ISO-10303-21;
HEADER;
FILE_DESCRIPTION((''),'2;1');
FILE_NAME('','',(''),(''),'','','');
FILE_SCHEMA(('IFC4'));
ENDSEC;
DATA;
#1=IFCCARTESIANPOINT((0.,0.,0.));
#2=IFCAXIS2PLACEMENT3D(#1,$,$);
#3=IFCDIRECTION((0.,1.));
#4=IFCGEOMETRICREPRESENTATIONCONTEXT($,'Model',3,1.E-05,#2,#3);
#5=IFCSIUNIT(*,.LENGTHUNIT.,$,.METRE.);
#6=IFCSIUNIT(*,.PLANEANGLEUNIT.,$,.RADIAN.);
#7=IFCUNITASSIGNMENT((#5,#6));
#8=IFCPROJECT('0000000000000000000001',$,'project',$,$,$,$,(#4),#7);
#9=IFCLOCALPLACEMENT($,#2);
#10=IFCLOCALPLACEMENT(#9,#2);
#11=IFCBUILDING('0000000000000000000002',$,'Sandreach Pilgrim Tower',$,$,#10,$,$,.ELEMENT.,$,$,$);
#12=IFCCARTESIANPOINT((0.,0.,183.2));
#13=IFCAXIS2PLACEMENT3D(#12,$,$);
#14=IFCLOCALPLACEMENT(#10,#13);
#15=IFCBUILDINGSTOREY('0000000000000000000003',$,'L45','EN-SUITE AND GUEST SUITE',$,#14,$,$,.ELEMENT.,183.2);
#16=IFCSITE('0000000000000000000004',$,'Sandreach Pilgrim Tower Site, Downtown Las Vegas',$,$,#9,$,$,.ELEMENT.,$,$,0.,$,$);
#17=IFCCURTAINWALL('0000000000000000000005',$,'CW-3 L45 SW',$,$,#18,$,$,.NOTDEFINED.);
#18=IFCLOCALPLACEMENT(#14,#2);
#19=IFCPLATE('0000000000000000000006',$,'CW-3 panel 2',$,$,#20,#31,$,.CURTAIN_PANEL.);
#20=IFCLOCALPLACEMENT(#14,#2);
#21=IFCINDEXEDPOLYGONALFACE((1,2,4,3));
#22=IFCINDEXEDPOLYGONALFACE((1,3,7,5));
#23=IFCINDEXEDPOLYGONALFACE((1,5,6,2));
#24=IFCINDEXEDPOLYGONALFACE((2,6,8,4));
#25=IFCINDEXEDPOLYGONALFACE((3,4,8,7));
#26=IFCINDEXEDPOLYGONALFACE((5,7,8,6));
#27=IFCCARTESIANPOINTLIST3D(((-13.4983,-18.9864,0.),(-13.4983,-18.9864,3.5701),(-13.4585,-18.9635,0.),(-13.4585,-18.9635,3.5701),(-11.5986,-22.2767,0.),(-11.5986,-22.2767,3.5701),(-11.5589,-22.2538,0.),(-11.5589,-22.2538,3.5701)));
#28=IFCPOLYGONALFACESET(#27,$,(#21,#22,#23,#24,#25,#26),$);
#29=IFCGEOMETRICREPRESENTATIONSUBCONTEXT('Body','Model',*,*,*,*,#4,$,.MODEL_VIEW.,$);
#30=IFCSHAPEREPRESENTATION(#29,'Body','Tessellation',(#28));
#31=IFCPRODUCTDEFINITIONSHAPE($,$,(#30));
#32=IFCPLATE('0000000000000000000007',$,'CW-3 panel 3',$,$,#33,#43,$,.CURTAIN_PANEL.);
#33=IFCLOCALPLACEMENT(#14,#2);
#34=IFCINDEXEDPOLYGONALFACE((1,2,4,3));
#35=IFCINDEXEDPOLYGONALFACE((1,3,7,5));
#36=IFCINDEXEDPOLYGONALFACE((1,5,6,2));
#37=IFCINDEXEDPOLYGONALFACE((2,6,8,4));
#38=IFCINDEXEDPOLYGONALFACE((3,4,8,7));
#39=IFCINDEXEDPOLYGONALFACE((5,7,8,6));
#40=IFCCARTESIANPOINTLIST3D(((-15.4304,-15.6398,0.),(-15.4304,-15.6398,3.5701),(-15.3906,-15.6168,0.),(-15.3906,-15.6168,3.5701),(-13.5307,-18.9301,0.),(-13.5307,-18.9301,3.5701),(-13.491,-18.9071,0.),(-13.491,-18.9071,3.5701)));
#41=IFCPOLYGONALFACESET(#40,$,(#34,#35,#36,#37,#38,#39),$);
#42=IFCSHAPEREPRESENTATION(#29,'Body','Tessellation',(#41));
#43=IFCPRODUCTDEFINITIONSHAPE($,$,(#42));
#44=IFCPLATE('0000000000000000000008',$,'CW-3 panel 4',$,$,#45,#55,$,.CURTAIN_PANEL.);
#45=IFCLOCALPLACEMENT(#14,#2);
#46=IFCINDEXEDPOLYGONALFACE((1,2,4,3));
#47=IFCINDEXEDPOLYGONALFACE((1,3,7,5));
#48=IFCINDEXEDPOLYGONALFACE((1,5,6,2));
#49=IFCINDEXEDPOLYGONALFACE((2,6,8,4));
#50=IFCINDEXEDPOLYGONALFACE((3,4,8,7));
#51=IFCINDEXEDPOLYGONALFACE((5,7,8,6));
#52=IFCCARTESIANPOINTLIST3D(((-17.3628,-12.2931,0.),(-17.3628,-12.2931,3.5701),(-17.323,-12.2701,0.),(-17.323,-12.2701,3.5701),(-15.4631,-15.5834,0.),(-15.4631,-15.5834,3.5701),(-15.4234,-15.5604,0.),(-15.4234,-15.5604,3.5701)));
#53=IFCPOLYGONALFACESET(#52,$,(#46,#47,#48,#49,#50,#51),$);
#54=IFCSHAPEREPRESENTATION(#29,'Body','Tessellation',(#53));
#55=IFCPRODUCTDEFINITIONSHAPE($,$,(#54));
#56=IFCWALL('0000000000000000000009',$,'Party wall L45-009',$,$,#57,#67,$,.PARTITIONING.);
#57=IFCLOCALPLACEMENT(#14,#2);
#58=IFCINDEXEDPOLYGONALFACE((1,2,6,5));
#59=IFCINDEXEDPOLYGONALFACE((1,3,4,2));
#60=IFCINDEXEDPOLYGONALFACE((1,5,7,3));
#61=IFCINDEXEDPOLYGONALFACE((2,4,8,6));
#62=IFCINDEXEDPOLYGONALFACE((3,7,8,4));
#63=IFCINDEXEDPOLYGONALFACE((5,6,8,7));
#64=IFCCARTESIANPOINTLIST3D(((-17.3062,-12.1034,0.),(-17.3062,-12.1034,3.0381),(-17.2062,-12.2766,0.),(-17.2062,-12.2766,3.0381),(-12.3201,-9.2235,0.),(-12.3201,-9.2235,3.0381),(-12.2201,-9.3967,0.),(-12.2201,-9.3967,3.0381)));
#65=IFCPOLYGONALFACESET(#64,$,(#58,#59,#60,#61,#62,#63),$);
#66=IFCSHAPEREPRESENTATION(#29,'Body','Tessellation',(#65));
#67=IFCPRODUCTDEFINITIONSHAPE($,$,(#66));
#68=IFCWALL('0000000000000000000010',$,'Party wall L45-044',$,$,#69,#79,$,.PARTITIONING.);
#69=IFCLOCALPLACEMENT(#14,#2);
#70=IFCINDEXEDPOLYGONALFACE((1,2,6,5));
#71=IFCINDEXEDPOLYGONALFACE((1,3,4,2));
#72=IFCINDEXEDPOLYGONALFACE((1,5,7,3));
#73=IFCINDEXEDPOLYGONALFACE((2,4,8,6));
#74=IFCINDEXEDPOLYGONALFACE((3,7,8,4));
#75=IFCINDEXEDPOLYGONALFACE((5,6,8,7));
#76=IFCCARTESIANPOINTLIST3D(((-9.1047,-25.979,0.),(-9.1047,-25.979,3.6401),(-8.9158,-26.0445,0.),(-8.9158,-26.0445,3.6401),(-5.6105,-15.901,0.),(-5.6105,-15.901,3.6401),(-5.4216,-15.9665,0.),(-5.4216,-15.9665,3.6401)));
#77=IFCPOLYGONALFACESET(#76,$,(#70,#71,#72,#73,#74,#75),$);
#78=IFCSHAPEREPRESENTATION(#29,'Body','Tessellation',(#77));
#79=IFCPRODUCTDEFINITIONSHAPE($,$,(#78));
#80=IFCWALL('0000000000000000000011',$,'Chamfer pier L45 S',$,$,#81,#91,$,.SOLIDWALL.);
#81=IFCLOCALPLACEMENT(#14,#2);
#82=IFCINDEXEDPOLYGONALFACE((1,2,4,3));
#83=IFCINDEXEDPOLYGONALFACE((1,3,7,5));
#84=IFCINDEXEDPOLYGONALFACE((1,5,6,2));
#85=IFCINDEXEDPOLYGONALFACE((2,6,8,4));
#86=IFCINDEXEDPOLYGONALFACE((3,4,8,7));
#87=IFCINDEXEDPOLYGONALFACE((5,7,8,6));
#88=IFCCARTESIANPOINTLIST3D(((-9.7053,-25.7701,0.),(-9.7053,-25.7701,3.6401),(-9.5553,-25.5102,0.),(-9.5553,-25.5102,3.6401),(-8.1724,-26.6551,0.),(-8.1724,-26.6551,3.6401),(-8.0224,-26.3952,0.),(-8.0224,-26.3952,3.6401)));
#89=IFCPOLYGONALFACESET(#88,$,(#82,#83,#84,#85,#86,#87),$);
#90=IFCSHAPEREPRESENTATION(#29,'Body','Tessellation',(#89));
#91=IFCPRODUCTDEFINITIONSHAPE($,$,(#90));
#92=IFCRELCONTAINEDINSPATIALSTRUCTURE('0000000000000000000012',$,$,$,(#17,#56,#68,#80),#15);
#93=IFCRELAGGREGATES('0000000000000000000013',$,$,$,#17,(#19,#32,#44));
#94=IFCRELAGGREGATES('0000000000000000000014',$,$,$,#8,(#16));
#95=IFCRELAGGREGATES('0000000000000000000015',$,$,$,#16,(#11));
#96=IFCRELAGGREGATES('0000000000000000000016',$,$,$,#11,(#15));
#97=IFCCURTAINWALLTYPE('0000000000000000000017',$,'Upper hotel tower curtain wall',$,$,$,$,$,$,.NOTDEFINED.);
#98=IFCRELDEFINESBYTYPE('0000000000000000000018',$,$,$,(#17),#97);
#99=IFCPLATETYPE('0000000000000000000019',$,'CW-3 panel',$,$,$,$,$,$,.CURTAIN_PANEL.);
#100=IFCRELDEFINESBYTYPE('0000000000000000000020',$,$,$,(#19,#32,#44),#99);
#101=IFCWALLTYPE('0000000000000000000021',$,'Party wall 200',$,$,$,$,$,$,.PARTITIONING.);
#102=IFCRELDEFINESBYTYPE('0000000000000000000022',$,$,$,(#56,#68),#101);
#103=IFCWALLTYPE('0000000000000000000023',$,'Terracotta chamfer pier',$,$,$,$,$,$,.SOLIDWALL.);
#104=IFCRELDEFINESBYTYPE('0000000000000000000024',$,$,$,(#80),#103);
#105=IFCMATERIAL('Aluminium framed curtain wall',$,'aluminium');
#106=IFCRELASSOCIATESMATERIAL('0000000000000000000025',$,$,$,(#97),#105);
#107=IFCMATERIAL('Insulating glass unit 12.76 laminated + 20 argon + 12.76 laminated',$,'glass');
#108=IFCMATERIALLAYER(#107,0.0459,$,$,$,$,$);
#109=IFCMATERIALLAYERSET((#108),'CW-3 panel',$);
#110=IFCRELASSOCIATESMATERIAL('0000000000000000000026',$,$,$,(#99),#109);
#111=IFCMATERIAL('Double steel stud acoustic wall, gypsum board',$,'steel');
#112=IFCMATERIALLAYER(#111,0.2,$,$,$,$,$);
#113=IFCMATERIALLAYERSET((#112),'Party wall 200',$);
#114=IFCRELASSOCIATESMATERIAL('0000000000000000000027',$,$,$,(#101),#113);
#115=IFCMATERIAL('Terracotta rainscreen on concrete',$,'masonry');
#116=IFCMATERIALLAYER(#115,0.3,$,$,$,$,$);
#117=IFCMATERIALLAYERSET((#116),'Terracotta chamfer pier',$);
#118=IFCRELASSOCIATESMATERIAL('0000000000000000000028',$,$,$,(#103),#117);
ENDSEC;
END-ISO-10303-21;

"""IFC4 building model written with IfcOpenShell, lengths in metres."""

from ifc_helpers import new_model, si_unit, direction, frame, frame_2d, origin, origin_2d, place, context, subcontext, project, spatial, rectangle, extrude, material, layer, layer_set, type_object, element, aggregate, save


model = new_model("IFC4")

# Units and contexts
model_context = context("Model", 3, precision=1e-05, world=origin(), true_north=direction((0.0, 1.0)))
body_context = subcontext(model_context, "Body", "Model", "MODEL_VIEW")
ifc_project = project(units=[si_unit("LENGTHUNIT", "METRE"), si_unit("PLANEANGLEUNIT", "RADIAN")], contexts=[model_context])

# Site, building, storey
site_placement = place(None, origin())
site = spatial("IfcSite", under=ifc_project, at=site_placement, Name="Sandreach Pilgrim Tower Site, Downtown Las Vegas", CompositionType="ELEMENT", RefElevation=0.0)
building_placement = place(site_placement, origin())
building = spatial("IfcBuilding", under=site, at=building_placement, Name="Sandreach Pilgrim Tower", CompositionType="ELEMENT")
storey_placement = place(building_placement, frame((0.0, 0.0, 183.2)))
storey = spatial("IfcBuildingStorey", under=building, at=storey_placement, Name="L45", Description="EN-SUITE AND GUEST SUITE", CompositionType="ELEMENT", Elevation=183.2)

# Curtain wall
ifc_material_1 = material(Name="Aluminium framed curtain wall", Category="aluminium")
curtain_wall_type = type_object("IfcCurtainWallType", Name="Upper hotel tower curtain wall", PredefinedType="NOTDEFINED", material=ifc_material_1)
curtain_wall_placement = place(storey_placement, origin())
curtain_wall = element("IfcCurtainWall", 1, at=curtain_wall_placement, inside=storey, type_object=curtain_wall_type, Name="CW-3 L45 SW", PredefinedType="NOTDEFINED")

# Plates
ifc_material_2 = material(Name="Insulating glass unit 12.76 laminated + 20 argon + 12.76 laminated", Category="glass")
ifc_layer_1 = layer(ifc_material_2, 0.0459)
ifc_layer_set_1 = layer_set([ifc_layer_1], Name="CW-3 panel")
plate_type = type_object("IfcPlateType", Name="CW-3 panel", PredefinedType="CURTAIN_PANEL", material=ifc_layer_set_1)
plate_1_placement = place(storey_placement, frame((-12.5286, -20.6201, 0.0), z_axis=(0.0, 0.0, 1.0), x_axis=(-0.5, 0.866025, 0.0)))
plate_1 = element("IfcPlate", 2, at=plate_1_placement, type_object=plate_type, Name="CW-3 panel 2", PredefinedType="CURTAIN_PANEL", context=body_context, shape_type="SweptSolid", body=[
    extrude(rectangle(XDim=3.7993, YDim=0.0459, at=origin_2d()), origin(), (0.0, 0.0, 1.0), 3.5701),
])
plate_2_placement = place(storey_placement, frame((-14.4607, -17.2734, 0.0), z_axis=(0.0, 0.0, 1.0), x_axis=(-0.5, 0.866025, 0.0)))
plate_2 = element("IfcPlate", 3, at=plate_2_placement, type_object=plate_type, Name="CW-3 panel 3", PredefinedType="CURTAIN_PANEL", context=body_context, shape_type="SweptSolid", body=[
    extrude(rectangle(XDim=3.7993, YDim=0.0459, at=origin_2d()), origin(), (0.0, 0.0, 1.0), 3.5701),
])
plate_3_placement = place(storey_placement, frame((-16.3931, -13.9268, 0.0), z_axis=(0.0, 0.0, 1.0), x_axis=(-0.5, 0.866025, 0.0)))
plate_3 = element("IfcPlate", 4, at=plate_3_placement, type_object=plate_type, Name="CW-3 panel 4", PredefinedType="CURTAIN_PANEL", context=body_context, shape_type="SweptSolid", body=[
    extrude(rectangle(XDim=3.7993, YDim=0.0459, at=origin_2d()), origin(), (0.0, 0.0, 1.0), 3.5701),
])
aggregate(curtain_wall, [plate_1, plate_2, plate_3])

# Walls
ifc_material_3 = material(Name="Double steel stud acoustic wall, gypsum board", Category="steel")
ifc_layer_2 = layer(ifc_material_3, 0.2)
ifc_layer_set_2 = layer_set([ifc_layer_2], Name="Party wall 200")
wall_type_1 = type_object("IfcWallType", Name="Party wall 200", PredefinedType="PARTITIONING", material=ifc_layer_set_2)
wall_1_placement = place(storey_placement, frame((-17.2561, -12.1899, 0.0), z_axis=(0.0, 0.0, 1.0), x_axis=(0.865938, 0.500152, 0.0)))
element("IfcWall", 5, at=wall_1_placement, inside=storey, type_object=wall_type_1, Name="Party wall L45-009", PredefinedType="PARTITIONING", context=body_context, shape_type="SweptSolid", body=[
    extrude(rectangle(XDim=5.7581, YDim=0.2, at=frame_2d((2.8789, 0.0))), origin(), (0.0, 0.0, 1.0), 3.0381),
])
wall_2_placement = place(storey_placement, frame((-9.0103, -26.0117, 0.0), z_axis=(0.0, 0.0, 1.0), x_axis=(0.327583, 0.944822, 0.0)))
element("IfcWall", 6, at=wall_2_placement, inside=storey, type_object=wall_type_1, Name="Party wall L45-044", PredefinedType="PARTITIONING", context=body_context, shape_type="SweptSolid", body=[
    extrude(rectangle(XDim=10.6665, YDim=0.2, at=frame_2d((5.3333, 0.0))), origin(), (0.0, 0.0, 1.0), 3.6401),
])
ifc_material_4 = material(Name="Terracotta rainscreen on concrete", Category="masonry")
ifc_layer_3 = layer(ifc_material_4, 0.3)
ifc_layer_set_3 = layer_set([ifc_layer_3], Name="Terracotta chamfer pier")
wall_type_2 = type_object("IfcWallType", Name="Terracotta chamfer pier", PredefinedType="SOLIDWALL", material=ifc_layer_set_3)
wall_3_placement = place(storey_placement, frame((-8.0974, -26.5251, 0.0), z_axis=(0.0, 0.0, 1.0), x_axis=(-0.866036, 0.499981, 0.0)))
element("IfcWall", 7, at=wall_3_placement, inside=storey, type_object=wall_type_2, Name="Chamfer pier L45 S", PredefinedType="SOLIDWALL", context=body_context, shape_type="SweptSolid", body=[
    extrude(rectangle(XDim=1.77, YDim=0.3, at=frame_2d((0.885, 0.0))), origin(), (0.0, 0.0, 1.0), 3.6401),
])

save(model, "model.ifc")
